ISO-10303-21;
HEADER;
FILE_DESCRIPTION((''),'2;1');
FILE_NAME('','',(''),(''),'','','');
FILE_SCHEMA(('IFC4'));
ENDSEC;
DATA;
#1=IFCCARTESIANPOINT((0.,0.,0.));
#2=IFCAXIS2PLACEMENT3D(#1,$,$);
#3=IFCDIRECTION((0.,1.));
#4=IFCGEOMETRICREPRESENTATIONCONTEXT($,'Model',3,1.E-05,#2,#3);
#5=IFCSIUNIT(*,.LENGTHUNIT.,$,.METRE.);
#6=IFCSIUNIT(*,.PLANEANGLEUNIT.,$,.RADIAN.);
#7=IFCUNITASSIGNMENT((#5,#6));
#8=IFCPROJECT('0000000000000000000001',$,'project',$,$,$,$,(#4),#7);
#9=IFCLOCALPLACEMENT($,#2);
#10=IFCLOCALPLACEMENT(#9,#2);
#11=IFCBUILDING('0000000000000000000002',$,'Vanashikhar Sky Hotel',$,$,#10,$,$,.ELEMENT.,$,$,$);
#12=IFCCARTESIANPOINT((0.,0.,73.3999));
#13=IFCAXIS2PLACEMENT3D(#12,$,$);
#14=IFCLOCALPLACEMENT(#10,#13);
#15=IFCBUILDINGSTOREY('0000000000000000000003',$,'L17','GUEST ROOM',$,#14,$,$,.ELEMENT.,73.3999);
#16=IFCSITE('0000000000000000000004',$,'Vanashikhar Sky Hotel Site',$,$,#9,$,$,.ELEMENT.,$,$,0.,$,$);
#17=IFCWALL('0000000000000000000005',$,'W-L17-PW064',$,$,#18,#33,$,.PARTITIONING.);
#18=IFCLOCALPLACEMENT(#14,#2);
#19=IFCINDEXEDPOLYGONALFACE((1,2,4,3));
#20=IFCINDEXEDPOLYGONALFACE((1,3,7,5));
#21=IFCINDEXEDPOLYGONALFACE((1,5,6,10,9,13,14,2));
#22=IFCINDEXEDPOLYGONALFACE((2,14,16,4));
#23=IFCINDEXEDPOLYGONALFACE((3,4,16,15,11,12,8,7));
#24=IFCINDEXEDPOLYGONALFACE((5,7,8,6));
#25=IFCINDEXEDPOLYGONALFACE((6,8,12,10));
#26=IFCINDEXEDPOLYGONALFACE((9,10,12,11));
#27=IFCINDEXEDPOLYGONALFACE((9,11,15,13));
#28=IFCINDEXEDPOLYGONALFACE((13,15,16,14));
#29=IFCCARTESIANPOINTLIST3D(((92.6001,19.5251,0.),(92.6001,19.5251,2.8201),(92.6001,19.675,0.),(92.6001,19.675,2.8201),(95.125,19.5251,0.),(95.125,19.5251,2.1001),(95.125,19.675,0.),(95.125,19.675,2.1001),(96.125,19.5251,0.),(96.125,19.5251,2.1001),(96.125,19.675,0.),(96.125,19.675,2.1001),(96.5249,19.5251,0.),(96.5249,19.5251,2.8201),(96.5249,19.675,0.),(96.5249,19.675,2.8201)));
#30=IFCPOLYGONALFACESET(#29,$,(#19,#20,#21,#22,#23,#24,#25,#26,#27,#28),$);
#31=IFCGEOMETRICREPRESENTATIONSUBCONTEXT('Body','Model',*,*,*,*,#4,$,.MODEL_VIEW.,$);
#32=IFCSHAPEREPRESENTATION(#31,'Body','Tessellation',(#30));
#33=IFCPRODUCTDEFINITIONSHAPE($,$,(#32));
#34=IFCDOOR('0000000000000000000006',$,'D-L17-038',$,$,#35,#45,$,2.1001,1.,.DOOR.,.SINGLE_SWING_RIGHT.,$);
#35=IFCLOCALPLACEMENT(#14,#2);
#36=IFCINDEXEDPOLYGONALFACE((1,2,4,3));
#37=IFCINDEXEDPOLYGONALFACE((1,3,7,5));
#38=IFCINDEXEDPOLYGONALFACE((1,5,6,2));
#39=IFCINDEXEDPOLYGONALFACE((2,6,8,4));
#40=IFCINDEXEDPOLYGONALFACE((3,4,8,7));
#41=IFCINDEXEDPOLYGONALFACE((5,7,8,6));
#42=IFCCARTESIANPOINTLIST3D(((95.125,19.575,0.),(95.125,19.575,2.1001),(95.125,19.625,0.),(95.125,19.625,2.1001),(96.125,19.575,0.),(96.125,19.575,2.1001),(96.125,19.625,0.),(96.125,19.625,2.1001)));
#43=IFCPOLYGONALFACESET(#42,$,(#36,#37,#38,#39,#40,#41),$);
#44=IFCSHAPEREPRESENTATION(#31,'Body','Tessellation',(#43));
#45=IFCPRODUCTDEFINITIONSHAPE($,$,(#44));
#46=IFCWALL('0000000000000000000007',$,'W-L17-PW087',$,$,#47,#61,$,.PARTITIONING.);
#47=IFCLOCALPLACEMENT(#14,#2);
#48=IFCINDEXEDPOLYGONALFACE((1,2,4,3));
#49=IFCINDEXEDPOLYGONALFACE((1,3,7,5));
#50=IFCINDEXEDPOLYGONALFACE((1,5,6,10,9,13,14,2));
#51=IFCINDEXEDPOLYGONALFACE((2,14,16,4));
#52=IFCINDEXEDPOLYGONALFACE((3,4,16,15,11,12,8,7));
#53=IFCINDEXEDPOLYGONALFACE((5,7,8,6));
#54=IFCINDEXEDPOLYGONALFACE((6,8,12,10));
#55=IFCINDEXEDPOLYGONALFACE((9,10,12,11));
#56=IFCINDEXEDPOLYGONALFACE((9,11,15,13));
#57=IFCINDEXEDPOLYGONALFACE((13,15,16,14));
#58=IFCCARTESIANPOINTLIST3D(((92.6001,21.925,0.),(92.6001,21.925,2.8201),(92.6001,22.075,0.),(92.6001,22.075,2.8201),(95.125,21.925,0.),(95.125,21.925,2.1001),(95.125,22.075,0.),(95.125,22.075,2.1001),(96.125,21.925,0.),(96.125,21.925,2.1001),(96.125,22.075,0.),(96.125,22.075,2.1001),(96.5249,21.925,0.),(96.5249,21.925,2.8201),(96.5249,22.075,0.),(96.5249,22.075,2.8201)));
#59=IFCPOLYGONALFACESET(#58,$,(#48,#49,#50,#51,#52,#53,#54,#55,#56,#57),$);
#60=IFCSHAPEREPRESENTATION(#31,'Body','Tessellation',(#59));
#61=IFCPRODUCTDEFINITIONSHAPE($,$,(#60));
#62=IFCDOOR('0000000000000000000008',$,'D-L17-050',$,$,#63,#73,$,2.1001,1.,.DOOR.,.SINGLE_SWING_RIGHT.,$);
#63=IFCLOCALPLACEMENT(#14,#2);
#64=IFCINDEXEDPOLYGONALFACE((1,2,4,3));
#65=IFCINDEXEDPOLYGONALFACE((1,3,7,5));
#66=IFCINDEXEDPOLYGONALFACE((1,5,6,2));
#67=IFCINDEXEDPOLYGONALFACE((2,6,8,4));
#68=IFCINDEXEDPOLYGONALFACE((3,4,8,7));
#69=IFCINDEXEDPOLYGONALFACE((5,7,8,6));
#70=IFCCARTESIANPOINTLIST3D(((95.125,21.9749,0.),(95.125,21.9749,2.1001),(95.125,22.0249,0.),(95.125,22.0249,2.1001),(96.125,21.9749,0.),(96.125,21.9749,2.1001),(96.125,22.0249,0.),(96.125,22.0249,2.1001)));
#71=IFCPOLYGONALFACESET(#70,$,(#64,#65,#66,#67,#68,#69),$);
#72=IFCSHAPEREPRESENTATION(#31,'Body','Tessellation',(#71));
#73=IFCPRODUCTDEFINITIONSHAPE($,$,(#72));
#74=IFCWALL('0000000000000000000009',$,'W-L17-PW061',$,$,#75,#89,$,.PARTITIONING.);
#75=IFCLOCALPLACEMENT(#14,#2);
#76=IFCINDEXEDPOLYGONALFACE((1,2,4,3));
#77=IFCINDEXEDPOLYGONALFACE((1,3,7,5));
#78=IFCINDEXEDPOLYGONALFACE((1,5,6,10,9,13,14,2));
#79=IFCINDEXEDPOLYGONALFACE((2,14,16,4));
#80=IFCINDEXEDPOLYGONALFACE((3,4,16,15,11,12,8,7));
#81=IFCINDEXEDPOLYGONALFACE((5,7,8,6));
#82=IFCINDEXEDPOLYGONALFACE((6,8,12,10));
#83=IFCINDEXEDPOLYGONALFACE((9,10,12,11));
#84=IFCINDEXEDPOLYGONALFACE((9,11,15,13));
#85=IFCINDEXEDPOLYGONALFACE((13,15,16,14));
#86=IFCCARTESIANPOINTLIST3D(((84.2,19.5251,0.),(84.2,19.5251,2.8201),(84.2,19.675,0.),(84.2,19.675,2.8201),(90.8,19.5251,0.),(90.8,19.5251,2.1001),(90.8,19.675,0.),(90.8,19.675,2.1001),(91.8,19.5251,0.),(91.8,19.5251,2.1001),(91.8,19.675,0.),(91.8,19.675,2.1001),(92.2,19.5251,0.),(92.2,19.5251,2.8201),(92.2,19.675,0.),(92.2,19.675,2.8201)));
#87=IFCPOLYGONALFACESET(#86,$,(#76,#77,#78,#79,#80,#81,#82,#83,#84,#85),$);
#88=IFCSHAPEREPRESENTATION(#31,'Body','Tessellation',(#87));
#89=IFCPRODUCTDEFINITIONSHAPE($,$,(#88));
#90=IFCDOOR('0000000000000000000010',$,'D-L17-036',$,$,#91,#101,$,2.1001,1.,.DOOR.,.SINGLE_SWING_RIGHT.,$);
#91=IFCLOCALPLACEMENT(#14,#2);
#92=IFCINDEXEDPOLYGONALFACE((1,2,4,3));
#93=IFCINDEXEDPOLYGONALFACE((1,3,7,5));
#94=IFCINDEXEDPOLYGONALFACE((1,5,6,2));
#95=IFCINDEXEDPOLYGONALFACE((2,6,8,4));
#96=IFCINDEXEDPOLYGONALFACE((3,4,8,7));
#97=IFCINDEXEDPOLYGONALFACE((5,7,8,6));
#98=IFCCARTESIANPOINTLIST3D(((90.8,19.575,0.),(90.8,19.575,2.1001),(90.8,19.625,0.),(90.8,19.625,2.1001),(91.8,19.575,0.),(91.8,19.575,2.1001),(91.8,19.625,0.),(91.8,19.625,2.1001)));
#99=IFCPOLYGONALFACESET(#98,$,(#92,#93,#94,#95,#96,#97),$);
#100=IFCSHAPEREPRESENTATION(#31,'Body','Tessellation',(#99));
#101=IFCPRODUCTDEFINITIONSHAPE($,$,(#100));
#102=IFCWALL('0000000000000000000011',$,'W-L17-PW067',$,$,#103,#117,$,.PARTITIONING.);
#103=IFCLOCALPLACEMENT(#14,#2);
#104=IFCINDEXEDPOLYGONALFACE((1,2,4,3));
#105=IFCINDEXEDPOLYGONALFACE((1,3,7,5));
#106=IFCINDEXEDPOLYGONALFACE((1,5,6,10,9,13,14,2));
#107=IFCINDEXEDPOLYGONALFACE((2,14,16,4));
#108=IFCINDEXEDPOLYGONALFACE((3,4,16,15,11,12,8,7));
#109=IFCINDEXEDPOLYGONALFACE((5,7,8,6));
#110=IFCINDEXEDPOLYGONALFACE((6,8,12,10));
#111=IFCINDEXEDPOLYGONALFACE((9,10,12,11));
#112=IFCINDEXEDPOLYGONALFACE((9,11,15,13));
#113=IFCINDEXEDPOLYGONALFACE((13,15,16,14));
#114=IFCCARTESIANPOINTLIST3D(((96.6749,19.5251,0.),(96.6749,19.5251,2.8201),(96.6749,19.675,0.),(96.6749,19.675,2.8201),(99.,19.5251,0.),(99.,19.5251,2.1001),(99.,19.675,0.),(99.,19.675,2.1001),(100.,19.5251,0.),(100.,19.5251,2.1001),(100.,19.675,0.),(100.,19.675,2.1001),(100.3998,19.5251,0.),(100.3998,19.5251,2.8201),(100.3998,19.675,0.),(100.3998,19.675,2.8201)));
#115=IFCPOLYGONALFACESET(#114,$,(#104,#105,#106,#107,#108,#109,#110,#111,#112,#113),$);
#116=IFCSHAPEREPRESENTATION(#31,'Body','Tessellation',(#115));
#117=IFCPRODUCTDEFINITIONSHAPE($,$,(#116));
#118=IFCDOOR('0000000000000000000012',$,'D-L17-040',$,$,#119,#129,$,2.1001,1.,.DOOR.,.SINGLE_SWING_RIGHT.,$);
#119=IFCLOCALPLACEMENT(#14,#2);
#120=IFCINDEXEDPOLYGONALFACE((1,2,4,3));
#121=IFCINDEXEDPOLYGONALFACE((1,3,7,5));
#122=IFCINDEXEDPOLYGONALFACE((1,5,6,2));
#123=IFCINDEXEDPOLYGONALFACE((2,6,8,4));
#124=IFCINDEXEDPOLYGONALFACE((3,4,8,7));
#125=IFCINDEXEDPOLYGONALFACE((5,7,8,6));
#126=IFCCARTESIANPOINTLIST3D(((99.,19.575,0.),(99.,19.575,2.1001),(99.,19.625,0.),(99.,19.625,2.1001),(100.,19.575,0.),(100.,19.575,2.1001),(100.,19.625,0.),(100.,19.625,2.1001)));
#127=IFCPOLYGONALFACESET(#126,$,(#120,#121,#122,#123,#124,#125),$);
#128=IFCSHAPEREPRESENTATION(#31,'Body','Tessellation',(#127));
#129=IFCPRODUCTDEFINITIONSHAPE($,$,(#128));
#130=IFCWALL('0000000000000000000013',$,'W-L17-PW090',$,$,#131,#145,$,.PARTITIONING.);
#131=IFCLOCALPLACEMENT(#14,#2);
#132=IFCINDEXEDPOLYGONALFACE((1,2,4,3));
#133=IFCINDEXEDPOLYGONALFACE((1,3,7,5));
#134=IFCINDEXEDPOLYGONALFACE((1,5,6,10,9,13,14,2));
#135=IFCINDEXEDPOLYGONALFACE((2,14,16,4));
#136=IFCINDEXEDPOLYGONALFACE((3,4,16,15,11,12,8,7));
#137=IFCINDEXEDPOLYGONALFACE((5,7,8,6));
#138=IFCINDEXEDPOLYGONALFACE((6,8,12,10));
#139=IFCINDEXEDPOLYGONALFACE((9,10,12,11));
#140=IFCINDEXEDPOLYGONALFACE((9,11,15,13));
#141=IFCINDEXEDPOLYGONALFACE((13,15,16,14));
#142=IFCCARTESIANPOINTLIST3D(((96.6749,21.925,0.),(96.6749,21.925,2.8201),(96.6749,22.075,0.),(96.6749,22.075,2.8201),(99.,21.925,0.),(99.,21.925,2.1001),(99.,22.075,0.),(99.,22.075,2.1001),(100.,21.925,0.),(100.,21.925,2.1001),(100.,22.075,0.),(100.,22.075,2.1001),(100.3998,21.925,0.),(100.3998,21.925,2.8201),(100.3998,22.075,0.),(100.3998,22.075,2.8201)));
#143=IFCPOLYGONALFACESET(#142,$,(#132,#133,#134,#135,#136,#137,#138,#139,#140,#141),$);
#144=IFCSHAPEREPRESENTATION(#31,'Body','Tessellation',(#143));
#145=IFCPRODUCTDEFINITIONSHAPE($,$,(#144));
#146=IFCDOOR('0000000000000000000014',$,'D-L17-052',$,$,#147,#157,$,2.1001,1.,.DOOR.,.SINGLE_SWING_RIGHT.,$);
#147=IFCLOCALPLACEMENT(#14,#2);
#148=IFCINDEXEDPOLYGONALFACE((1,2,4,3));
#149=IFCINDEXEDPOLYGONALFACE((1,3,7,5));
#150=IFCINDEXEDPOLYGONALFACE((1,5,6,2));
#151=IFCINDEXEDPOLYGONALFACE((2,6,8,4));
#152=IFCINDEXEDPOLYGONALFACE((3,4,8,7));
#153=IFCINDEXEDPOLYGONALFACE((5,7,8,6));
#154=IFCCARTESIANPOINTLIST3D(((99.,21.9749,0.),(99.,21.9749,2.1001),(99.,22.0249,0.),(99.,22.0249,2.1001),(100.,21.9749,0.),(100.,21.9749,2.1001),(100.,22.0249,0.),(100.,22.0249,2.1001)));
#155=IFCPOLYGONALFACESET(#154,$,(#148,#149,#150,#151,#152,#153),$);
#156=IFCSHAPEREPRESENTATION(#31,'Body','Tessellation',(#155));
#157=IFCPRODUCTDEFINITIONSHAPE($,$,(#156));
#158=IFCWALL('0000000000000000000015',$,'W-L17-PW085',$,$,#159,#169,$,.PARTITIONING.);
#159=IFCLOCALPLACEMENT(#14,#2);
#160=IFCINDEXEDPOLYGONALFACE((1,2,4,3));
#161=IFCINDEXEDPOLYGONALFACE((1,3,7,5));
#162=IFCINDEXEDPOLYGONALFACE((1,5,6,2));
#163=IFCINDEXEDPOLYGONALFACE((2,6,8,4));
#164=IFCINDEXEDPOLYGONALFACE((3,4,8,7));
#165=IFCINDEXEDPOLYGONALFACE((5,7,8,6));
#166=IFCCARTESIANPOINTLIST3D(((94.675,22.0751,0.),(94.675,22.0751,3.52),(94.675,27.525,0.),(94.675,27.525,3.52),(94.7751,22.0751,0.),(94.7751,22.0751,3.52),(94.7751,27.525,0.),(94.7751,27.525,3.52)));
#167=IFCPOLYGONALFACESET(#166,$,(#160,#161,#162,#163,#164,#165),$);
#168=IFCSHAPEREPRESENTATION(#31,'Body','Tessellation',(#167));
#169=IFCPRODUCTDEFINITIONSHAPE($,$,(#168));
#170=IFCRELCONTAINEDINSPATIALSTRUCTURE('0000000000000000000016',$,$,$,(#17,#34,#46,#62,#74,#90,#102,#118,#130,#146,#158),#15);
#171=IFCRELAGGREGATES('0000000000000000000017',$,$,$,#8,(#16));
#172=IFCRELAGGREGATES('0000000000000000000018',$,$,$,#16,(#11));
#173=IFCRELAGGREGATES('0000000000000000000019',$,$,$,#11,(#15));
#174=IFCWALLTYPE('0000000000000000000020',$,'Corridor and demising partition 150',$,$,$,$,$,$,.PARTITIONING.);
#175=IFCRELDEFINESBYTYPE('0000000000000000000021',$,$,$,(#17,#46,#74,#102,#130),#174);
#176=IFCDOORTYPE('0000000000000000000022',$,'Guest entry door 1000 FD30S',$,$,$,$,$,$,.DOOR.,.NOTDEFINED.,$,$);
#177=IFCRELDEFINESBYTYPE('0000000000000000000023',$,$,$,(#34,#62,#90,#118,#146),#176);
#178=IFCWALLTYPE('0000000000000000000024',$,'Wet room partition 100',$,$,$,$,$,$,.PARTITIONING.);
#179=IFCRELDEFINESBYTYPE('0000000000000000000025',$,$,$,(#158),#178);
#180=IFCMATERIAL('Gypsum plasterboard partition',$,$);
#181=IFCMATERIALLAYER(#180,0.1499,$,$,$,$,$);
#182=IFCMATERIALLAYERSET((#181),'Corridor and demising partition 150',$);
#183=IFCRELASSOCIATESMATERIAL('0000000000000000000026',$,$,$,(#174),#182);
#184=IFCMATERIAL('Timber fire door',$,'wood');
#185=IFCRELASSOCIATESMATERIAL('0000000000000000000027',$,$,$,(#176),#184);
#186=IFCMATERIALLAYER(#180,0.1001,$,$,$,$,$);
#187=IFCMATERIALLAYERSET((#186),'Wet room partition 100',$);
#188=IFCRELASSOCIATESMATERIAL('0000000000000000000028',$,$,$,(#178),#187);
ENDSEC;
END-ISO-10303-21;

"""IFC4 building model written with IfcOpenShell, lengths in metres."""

from ifc_helpers import new_model, si_unit, direction, frame, frame_2d, origin, place, context, subcontext, project, spatial, rectangle, extrude, source, transform, mapped, material, layer, layer_set, type_object, element, fill, save


model = new_model("IFC4")

# Units and contexts
model_context = context("Model", 3, precision=1e-05, world=origin(), true_north=direction((0.0, 1.0)))
body_context = subcontext(model_context, "Body", "Model", "MODEL_VIEW")
ifc_project = project(units=[si_unit("LENGTHUNIT", "METRE"), si_unit("PLANEANGLEUNIT", "RADIAN")], contexts=[model_context])

# Site, building, storey
site_placement = place(None, origin())
site = spatial("IfcSite", under=ifc_project, at=site_placement, Name="Vanashikhar Sky Hotel Site", CompositionType="ELEMENT", RefElevation=0.0)
building_placement = place(site_placement, origin())
building = spatial("IfcBuilding", under=site, at=building_placement, Name="Vanashikhar Sky Hotel", CompositionType="ELEMENT")
storey_placement = place(building_placement, frame((0.0, 0.0, 73.3999)))
storey = spatial("IfcBuildingStorey", under=building, at=storey_placement, Name="L17", Description="GUEST ROOM", CompositionType="ELEMENT", Elevation=73.3999)

# Walls, openings, doors
ifc_material_1 = material(Name="Gypsum plasterboard partition")
ifc_layer_1 = layer(ifc_material_1, 0.1499)
ifc_layer_set_1 = layer_set([ifc_layer_1], Name="Corridor and demising partition 150")
wall_type_1 = type_object("IfcWallType", Name="Corridor and demising partition 150", PredefinedType="PARTITIONING", material=ifc_layer_set_1)
shared_shape_1 = source(origin(), body_context, "Body", "SweptSolid", [
    extrude(rectangle(XDim=3.9248, YDim=0.1499, at=frame_2d((1.9624, 0.0))), origin(), (0.0, 0.0, 1.0), 2.8201),
])
wall_1_placement = place(storey_placement, frame((92.6001, 19.6001, 0.0), z_axis=(0.0, 0.0, 1.0), x_axis=(1.0, 0.0, 0.0)))
wall_1 = element("IfcWall", 1, at=wall_1_placement, inside=storey, type_object=wall_type_1, Name="W-L17-PW064", PredefinedType="PARTITIONING", context=body_context, shape_type="MappedRepresentation", body=[
    mapped(shared_shape_1, transform((0.0, 0.0, 0.0), scale=1.0)),
])
shared_shape_2 = source(origin(), body_context, "Body", "SweptSolid", [
    extrude(rectangle(XDim=1.0, YDim=2.1001, at=frame_2d((0.5, 1.05))), frame((0.0, 0.085, 0.0), z_axis=(0.0, -1.0, 0.0), x_axis=(1.0, 0.0, 0.0)), (0.0, 0.0, 1.0), 0.1699),
])
opening_1_placement = place(wall_1_placement, frame((2.5249, 0.0, 0.0)))
opening_1 = element("IfcOpeningElement", 2, at=opening_1_placement, cuts=wall_1, PredefinedType="OPENING", context=body_context, shape_type="MappedRepresentation", body=[
    mapped(shared_shape_2, transform((0.0, 0.0, 0.0), scale=1.0)),
])
ifc_material_2 = material(Name="Timber fire door", Category="wood")
door_type = type_object("IfcDoorType", Name="Guest entry door 1000 FD30S", OperationType="NOTDEFINED", PredefinedType="DOOR", material=ifc_material_2)
shared_shape_3 = source(origin(), body_context, "Body", "SweptSolid", [
    extrude(rectangle(XDim=1.0, YDim=2.1001, at=frame_2d((0.5, 1.05))), frame((0.0, 0.0249, 0.0), z_axis=(0.0, -1.0, 0.0), x_axis=(1.0, 0.0, 0.0)), (0.0, 0.0, 1.0), 0.05),
])
door_1_placement = place(opening_1_placement, origin())
door_1 = element("IfcDoor", 3, at=door_1_placement, inside=storey, type_object=door_type, Name="D-L17-038", OperationType="SINGLE_SWING_RIGHT", OverallHeight=2.1001, OverallWidth=1.0, PredefinedType="DOOR", context=body_context, shape_type="MappedRepresentation", body=[
    mapped(shared_shape_3, transform((0.0, 0.0, 0.0), scale=1.0)),
])
fill(opening_1, door_1)
wall_2_placement = place(storey_placement, frame((92.6001, 22.0, 0.0), z_axis=(0.0, 0.0, 1.0), x_axis=(1.0, 0.0, 0.0)))
wall_2 = element("IfcWall", 4, at=wall_2_placement, inside=storey, type_object=wall_type_1, Name="W-L17-PW087", PredefinedType="PARTITIONING", context=body_context, shape_type="MappedRepresentation", body=[
    mapped(shared_shape_1, transform((0.0, 0.0, 0.0), scale=1.0)),
])
opening_2_placement = place(wall_2_placement, frame((2.5249, 0.0, 0.0)))
opening_2 = element("IfcOpeningElement", 5, at=opening_2_placement, cuts=wall_2, PredefinedType="OPENING", context=body_context, shape_type="MappedRepresentation", body=[
    mapped(shared_shape_2, transform((0.0, 0.0, 0.0), scale=1.0)),
])
door_2_placement = place(opening_2_placement, origin())
door_2 = element("IfcDoor", 6, at=door_2_placement, inside=storey, type_object=door_type, Name="D-L17-050", OperationType="SINGLE_SWING_RIGHT", OverallHeight=2.1001, OverallWidth=1.0, PredefinedType="DOOR", context=body_context, shape_type="MappedRepresentation", body=[
    mapped(shared_shape_3, transform((0.0, 0.0, 0.0), scale=1.0)),
])
fill(opening_2, door_2)
shared_shape_4 = source(origin(), body_context, "Body", "SweptSolid", [
    extrude(rectangle(XDim=8.0, YDim=0.1499, at=frame_2d((4.0, 0.0))), origin(), (0.0, 0.0, 1.0), 2.8201),
])
wall_3_placement = place(storey_placement, frame((84.2, 19.6001, 0.0), z_axis=(0.0, 0.0, 1.0), x_axis=(1.0, 0.0, 0.0)))
wall_3 = element("IfcWall", 7, at=wall_3_placement, inside=storey, type_object=wall_type_1, Name="W-L17-PW061", PredefinedType="PARTITIONING", context=body_context, shape_type="MappedRepresentation", body=[
    mapped(shared_shape_4, transform((0.0, 0.0, 0.0), scale=1.0)),
])
opening_3_placement = place(wall_3_placement, frame((6.6001, 0.0, 0.0)))
opening_3 = element("IfcOpeningElement", 8, at=opening_3_placement, cuts=wall_3, PredefinedType="OPENING", context=body_context, shape_type="MappedRepresentation", body=[
    mapped(shared_shape_2, transform((0.0, 0.0, 0.0), scale=1.0)),
])
door_3_placement = place(opening_3_placement, origin())
door_3 = element("IfcDoor", 9, at=door_3_placement, inside=storey, type_object=door_type, Name="D-L17-036", OperationType="SINGLE_SWING_RIGHT", OverallHeight=2.1001, OverallWidth=1.0, PredefinedType="DOOR", context=body_context, shape_type="MappedRepresentation", body=[
    mapped(shared_shape_3, transform((0.0, 0.0, 0.0), scale=1.0)),
])
fill(opening_3, door_3)
shared_shape_5 = source(origin(), body_context, "Body", "SweptSolid", [
    extrude(rectangle(XDim=3.7249, YDim=0.1499, at=frame_2d((1.8623, 0.0))), origin(), (0.0, 0.0, 1.0), 2.8201),
])
wall_4_placement = place(storey_placement, frame((96.675, 19.6001, 0.0), z_axis=(0.0, 0.0, 1.0), x_axis=(1.0, 0.0, 0.0)))
wall_4 = element("IfcWall", 10, at=wall_4_placement, inside=storey, type_object=wall_type_1, Name="W-L17-PW067", PredefinedType="PARTITIONING", context=body_context, shape_type="MappedRepresentation", body=[
    mapped(shared_shape_5, transform((0.0, 0.0, 0.0), scale=1.0)),
])
opening_4_placement = place(wall_4_placement, frame((2.325, 0.0, 0.0)))
opening_4 = element("IfcOpeningElement", 11, at=opening_4_placement, cuts=wall_4, PredefinedType="OPENING", context=body_context, shape_type="MappedRepresentation", body=[
    mapped(shared_shape_2, transform((0.0, 0.0, 0.0), scale=1.0)),
])
door_4_placement = place(opening_4_placement, origin())
door_4 = element("IfcDoor", 12, at=door_4_placement, inside=storey, type_object=door_type, Name="D-L17-040", OperationType="SINGLE_SWING_RIGHT", OverallHeight=2.1001, OverallWidth=1.0, PredefinedType="DOOR", context=body_context, shape_type="MappedRepresentation", body=[
    mapped(shared_shape_3, transform((0.0, 0.0, 0.0), scale=1.0)),
])
fill(opening_4, door_4)
wall_5_placement = place(storey_placement, frame((96.675, 22.0, 0.0), z_axis=(0.0, 0.0, 1.0), x_axis=(1.0, 0.0, 0.0)))
wall_5 = element("IfcWall", 13, at=wall_5_placement, inside=storey, type_object=wall_type_1, Name="W-L17-PW090", PredefinedType="PARTITIONING", context=body_context, shape_type="MappedRepresentation", body=[
    mapped(shared_shape_5, transform((0.0, 0.0, 0.0), scale=1.0)),
])
opening_5_placement = place(wall_5_placement, frame((2.325, 0.0, 0.0)))
opening_5 = element("IfcOpeningElement", 14, at=opening_5_placement, cuts=wall_5, PredefinedType="OPENING", context=body_context, shape_type="MappedRepresentation", body=[
    mapped(shared_shape_2, transform((0.0, 0.0, 0.0), scale=1.0)),
])
door_5_placement = place(opening_5_placement, origin())
door_5 = element("IfcDoor", 15, at=door_5_placement, inside=storey, type_object=door_type, Name="D-L17-052", OperationType="SINGLE_SWING_RIGHT", OverallHeight=2.1001, OverallWidth=1.0, PredefinedType="DOOR", context=body_context, shape_type="MappedRepresentation", body=[
    mapped(shared_shape_3, transform((0.0, 0.0, 0.0), scale=1.0)),
])
fill(opening_5, door_5)

# Wall
ifc_layer_2 = layer(ifc_material_1, 0.1001)
ifc_layer_set_2 = layer_set([ifc_layer_2], Name="Wet room partition 100")
wall_type_2 = type_object("IfcWallType", Name="Wet room partition 100", PredefinedType="PARTITIONING", material=ifc_layer_set_2)
shared_shape_6 = source(origin(), body_context, "Body", "SweptSolid", [
    extrude(rectangle(XDim=5.45, YDim=0.1001, at=frame_2d((2.7251, 0.0))), origin(), (0.0, 0.0, 1.0), 3.52),
])
wall_6_placement = place(storey_placement, frame((94.7251, 22.075, 0.0), z_axis=(0.0, 0.0, 1.0), x_axis=(0.0, 1.0, 0.0)))
element("IfcWall", 16, at=wall_6_placement, inside=storey, type_object=wall_type_2, Name="W-L17-PW085", PredefinedType="PARTITIONING", context=body_context, shape_type="MappedRepresentation", body=[
    mapped(shared_shape_6, transform((0.0, 0.0, 0.0), scale=1.0)),
])

save(model, "model.ifc")
